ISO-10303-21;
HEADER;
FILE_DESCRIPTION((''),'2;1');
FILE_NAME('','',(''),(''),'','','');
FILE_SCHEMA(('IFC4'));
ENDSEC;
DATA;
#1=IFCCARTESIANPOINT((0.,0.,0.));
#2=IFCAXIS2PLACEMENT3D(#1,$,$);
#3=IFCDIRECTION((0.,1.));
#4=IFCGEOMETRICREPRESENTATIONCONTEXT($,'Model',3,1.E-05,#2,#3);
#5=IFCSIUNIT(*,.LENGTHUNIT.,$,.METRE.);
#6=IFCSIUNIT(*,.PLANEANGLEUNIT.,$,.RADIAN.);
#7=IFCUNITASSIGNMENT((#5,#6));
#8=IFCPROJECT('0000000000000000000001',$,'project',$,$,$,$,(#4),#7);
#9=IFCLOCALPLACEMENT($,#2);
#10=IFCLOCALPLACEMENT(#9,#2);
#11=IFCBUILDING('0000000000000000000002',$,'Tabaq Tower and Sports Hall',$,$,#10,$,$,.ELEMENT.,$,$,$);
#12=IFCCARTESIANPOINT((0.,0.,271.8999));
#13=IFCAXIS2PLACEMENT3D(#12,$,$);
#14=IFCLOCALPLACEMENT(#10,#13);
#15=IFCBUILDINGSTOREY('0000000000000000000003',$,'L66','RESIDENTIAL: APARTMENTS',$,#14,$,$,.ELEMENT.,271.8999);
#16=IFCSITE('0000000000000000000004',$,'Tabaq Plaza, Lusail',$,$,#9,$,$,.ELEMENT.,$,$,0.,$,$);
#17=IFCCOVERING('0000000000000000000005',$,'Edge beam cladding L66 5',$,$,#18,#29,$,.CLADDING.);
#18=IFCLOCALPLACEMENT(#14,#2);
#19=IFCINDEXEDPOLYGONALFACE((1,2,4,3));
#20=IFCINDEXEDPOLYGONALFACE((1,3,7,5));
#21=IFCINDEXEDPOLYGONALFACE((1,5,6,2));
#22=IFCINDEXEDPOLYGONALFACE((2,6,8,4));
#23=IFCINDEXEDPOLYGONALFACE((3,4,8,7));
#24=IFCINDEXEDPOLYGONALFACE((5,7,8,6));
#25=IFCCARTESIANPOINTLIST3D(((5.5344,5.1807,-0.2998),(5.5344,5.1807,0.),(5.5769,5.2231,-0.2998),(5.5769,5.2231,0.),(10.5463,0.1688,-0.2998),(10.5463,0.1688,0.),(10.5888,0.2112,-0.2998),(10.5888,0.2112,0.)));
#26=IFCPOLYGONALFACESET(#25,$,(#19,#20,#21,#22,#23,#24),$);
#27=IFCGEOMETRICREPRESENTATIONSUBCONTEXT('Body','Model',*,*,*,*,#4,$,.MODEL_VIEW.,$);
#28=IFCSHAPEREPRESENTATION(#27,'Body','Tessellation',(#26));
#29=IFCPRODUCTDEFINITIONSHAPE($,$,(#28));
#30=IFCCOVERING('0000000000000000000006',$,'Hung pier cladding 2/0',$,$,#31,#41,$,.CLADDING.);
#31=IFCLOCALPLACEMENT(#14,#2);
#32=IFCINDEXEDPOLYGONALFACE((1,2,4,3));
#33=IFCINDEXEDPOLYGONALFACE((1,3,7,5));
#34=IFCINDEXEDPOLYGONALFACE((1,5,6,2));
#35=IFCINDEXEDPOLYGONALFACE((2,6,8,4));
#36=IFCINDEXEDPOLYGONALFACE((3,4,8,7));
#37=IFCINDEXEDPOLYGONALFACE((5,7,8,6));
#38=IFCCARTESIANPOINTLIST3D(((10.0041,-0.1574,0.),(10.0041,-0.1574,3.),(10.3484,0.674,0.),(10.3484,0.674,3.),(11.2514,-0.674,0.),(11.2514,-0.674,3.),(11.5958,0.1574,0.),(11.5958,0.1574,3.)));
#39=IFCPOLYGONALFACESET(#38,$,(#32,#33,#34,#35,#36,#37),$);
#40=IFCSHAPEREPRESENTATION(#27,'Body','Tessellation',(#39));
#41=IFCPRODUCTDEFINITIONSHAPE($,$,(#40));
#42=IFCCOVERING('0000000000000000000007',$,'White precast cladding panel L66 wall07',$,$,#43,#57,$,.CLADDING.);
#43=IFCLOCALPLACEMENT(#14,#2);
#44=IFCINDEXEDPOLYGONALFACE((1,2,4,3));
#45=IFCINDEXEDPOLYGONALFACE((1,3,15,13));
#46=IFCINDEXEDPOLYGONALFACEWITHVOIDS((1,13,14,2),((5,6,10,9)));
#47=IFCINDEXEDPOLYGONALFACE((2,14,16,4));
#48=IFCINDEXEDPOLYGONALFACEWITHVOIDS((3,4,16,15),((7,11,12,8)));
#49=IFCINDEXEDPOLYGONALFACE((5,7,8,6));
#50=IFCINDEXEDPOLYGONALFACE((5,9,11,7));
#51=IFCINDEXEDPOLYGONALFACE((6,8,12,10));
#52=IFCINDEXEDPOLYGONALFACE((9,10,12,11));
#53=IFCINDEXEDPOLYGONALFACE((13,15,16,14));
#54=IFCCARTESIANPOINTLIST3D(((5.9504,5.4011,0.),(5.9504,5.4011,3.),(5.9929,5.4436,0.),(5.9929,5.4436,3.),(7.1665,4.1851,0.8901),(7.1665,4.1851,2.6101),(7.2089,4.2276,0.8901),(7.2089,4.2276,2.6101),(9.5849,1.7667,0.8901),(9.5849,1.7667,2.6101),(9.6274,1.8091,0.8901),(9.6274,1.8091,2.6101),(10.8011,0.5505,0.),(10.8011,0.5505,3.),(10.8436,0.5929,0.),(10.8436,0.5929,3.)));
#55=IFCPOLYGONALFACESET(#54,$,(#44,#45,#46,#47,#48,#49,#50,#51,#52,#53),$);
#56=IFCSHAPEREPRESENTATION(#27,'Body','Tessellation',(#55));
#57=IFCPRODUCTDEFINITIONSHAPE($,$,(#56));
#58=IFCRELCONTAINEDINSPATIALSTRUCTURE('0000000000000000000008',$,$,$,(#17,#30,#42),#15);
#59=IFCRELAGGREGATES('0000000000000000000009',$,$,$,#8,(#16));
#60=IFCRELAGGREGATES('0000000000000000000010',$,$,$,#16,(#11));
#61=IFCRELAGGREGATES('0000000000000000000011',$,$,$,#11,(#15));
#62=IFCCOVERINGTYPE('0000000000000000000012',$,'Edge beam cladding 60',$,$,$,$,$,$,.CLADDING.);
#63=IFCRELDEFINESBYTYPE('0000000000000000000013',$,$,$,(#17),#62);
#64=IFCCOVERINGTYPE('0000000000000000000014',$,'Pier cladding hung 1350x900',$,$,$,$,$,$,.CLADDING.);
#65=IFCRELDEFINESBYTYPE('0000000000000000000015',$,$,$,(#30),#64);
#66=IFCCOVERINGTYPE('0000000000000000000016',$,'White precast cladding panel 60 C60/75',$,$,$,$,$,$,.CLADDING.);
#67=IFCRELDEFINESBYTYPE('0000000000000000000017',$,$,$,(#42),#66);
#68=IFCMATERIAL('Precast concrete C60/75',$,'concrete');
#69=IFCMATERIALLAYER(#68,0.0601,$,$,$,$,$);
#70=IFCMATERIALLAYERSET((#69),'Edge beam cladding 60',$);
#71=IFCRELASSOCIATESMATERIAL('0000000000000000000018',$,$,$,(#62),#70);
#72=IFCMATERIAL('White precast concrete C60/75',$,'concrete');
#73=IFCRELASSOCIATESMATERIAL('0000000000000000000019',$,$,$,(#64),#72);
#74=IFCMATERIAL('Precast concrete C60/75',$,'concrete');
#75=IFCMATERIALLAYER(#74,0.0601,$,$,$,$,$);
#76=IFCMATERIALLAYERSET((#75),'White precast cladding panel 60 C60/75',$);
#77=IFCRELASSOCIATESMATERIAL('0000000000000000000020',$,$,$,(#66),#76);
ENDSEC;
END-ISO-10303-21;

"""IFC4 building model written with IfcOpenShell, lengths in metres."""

from ifc_helpers import new_model, si_unit, direction, frame, frame_2d, origin, place, context, subcontext, project, spatial, polyline, rectangle, outline, extrude, material, layer, layer_set, type_object, element, save


model = new_model("IFC4")

# Units and contexts
model_context = context("Model", 3, precision=1e-05, world=origin(), true_north=direction((0.0, 1.0)))
body_context = subcontext(model_context, "Body", "Model", "MODEL_VIEW")
ifc_project = project(units=[si_unit("LENGTHUNIT", "METRE"), si_unit("PLANEANGLEUNIT", "RADIAN")], contexts=[model_context])

# Site, building, storey
site_placement = place(None, origin())
site = spatial("IfcSite", under=ifc_project, at=site_placement, Name="Tabaq Plaza, Lusail", CompositionType="ELEMENT", RefElevation=0.0)
building_placement = place(site_placement, origin())
building = spatial("IfcBuilding", under=site, at=building_placement, Name="Tabaq Tower and Sports Hall", CompositionType="ELEMENT")
storey_placement = place(building_placement, frame((0.0, 0.0, 271.8999)))
storey = spatial("IfcBuildingStorey", under=building, at=storey_placement, Name="L66", Description="RESIDENTIAL: APARTMENTS", CompositionType="ELEMENT", Elevation=271.8999)

# Coverings
ifc_material_1 = material(Name="Precast concrete C60/75", Category="concrete")
ifc_layer_1 = layer(ifc_material_1, 0.0601)
ifc_layer_set_1 = layer_set([ifc_layer_1], Name="Edge beam cladding 60")
covering_type_1 = type_object("IfcCoveringType", Name="Edge beam cladding 60", PredefinedType="CLADDING", material=ifc_layer_set_1)
covering_1_placement = place(storey_placement, frame((5.5557, 5.2019, -0.2998), z_axis=(0.0, 0.0, 1.0), x_axis=(0.707107, -0.707107, 0.0)))
element("IfcCovering", 1, at=covering_1_placement, inside=storey, type_object=covering_type_1, Name="Edge beam cladding L66 5", PredefinedType="CLADDING", context=body_context, shape_type="SweptSolid", body=[
    extrude(rectangle(XDim=7.0879, YDim=0.0601, at=frame_2d((3.5439, 0.0))), origin(), (0.0, 0.0, 1.0), 0.2998),
])
ifc_material_2 = material(Name="White precast concrete C60/75", Category="concrete")
covering_type_2 = type_object("IfcCoveringType", Name="Pier cladding hung 1350x900", PredefinedType="CLADDING", material=ifc_material_2)
covering_2_placement = place(storey_placement, frame((10.1763, 0.2583, 0.0), z_axis=(0.0, 0.0, 1.0), x_axis=(0.923893, -0.38265, 0.0)))
element("IfcCovering", 2, at=covering_2_placement, inside=storey, type_object=covering_type_2, Name="Hung pier cladding 2/0", PredefinedType="CLADDING", context=body_context, shape_type="SweptSolid", body=[
    extrude(rectangle(XDim=1.3501, YDim=0.8999, at=frame_2d((0.675, 0.0))), origin(), (0.0, 0.0, 1.0), 3.0),
])
ifc_material_3 = material(Name="Precast concrete C60/75", Category="concrete")
ifc_layer_2 = layer(ifc_material_3, 0.0601)
ifc_layer_set_2 = layer_set([ifc_layer_2], Name="White precast cladding panel 60 C60/75")
covering_type_3 = type_object("IfcCoveringType", Name="White precast cladding panel 60 C60/75", PredefinedType="CLADDING", material=ifc_layer_set_2)
covering_3_placement = place(storey_placement, frame((5.9717, 5.4224, 0.0), z_axis=(0.0, 0.0, 1.0), x_axis=(0.707107, -0.707107, 0.0)))
element("IfcCovering", 3, at=covering_3_placement, inside=storey, type_object=covering_type_3, Name="White precast cladding panel L66 wall07", PredefinedType="CLADDING", context=body_context, shape_type="SweptSolid", body=[
    extrude(outline(polyline([(0.0, 0.0), (6.8599, 0.0), (6.8599, 3.0), (0.0, 3.0), (0.0, 0.0)]), holes=[polyline([(1.7197, 0.8901), (1.7197, 2.6101), (5.1399, 2.6101), (5.1399, 0.8901), (1.7197, 0.8901)])]), frame((0.0, 0.03, 0.0), z_axis=(0.0, -1.0, 0.0), x_axis=(1.0, 0.0, 0.0)), (0.0, 0.0, 1.0), 0.0601),
])

save(model, "model.ifc")
